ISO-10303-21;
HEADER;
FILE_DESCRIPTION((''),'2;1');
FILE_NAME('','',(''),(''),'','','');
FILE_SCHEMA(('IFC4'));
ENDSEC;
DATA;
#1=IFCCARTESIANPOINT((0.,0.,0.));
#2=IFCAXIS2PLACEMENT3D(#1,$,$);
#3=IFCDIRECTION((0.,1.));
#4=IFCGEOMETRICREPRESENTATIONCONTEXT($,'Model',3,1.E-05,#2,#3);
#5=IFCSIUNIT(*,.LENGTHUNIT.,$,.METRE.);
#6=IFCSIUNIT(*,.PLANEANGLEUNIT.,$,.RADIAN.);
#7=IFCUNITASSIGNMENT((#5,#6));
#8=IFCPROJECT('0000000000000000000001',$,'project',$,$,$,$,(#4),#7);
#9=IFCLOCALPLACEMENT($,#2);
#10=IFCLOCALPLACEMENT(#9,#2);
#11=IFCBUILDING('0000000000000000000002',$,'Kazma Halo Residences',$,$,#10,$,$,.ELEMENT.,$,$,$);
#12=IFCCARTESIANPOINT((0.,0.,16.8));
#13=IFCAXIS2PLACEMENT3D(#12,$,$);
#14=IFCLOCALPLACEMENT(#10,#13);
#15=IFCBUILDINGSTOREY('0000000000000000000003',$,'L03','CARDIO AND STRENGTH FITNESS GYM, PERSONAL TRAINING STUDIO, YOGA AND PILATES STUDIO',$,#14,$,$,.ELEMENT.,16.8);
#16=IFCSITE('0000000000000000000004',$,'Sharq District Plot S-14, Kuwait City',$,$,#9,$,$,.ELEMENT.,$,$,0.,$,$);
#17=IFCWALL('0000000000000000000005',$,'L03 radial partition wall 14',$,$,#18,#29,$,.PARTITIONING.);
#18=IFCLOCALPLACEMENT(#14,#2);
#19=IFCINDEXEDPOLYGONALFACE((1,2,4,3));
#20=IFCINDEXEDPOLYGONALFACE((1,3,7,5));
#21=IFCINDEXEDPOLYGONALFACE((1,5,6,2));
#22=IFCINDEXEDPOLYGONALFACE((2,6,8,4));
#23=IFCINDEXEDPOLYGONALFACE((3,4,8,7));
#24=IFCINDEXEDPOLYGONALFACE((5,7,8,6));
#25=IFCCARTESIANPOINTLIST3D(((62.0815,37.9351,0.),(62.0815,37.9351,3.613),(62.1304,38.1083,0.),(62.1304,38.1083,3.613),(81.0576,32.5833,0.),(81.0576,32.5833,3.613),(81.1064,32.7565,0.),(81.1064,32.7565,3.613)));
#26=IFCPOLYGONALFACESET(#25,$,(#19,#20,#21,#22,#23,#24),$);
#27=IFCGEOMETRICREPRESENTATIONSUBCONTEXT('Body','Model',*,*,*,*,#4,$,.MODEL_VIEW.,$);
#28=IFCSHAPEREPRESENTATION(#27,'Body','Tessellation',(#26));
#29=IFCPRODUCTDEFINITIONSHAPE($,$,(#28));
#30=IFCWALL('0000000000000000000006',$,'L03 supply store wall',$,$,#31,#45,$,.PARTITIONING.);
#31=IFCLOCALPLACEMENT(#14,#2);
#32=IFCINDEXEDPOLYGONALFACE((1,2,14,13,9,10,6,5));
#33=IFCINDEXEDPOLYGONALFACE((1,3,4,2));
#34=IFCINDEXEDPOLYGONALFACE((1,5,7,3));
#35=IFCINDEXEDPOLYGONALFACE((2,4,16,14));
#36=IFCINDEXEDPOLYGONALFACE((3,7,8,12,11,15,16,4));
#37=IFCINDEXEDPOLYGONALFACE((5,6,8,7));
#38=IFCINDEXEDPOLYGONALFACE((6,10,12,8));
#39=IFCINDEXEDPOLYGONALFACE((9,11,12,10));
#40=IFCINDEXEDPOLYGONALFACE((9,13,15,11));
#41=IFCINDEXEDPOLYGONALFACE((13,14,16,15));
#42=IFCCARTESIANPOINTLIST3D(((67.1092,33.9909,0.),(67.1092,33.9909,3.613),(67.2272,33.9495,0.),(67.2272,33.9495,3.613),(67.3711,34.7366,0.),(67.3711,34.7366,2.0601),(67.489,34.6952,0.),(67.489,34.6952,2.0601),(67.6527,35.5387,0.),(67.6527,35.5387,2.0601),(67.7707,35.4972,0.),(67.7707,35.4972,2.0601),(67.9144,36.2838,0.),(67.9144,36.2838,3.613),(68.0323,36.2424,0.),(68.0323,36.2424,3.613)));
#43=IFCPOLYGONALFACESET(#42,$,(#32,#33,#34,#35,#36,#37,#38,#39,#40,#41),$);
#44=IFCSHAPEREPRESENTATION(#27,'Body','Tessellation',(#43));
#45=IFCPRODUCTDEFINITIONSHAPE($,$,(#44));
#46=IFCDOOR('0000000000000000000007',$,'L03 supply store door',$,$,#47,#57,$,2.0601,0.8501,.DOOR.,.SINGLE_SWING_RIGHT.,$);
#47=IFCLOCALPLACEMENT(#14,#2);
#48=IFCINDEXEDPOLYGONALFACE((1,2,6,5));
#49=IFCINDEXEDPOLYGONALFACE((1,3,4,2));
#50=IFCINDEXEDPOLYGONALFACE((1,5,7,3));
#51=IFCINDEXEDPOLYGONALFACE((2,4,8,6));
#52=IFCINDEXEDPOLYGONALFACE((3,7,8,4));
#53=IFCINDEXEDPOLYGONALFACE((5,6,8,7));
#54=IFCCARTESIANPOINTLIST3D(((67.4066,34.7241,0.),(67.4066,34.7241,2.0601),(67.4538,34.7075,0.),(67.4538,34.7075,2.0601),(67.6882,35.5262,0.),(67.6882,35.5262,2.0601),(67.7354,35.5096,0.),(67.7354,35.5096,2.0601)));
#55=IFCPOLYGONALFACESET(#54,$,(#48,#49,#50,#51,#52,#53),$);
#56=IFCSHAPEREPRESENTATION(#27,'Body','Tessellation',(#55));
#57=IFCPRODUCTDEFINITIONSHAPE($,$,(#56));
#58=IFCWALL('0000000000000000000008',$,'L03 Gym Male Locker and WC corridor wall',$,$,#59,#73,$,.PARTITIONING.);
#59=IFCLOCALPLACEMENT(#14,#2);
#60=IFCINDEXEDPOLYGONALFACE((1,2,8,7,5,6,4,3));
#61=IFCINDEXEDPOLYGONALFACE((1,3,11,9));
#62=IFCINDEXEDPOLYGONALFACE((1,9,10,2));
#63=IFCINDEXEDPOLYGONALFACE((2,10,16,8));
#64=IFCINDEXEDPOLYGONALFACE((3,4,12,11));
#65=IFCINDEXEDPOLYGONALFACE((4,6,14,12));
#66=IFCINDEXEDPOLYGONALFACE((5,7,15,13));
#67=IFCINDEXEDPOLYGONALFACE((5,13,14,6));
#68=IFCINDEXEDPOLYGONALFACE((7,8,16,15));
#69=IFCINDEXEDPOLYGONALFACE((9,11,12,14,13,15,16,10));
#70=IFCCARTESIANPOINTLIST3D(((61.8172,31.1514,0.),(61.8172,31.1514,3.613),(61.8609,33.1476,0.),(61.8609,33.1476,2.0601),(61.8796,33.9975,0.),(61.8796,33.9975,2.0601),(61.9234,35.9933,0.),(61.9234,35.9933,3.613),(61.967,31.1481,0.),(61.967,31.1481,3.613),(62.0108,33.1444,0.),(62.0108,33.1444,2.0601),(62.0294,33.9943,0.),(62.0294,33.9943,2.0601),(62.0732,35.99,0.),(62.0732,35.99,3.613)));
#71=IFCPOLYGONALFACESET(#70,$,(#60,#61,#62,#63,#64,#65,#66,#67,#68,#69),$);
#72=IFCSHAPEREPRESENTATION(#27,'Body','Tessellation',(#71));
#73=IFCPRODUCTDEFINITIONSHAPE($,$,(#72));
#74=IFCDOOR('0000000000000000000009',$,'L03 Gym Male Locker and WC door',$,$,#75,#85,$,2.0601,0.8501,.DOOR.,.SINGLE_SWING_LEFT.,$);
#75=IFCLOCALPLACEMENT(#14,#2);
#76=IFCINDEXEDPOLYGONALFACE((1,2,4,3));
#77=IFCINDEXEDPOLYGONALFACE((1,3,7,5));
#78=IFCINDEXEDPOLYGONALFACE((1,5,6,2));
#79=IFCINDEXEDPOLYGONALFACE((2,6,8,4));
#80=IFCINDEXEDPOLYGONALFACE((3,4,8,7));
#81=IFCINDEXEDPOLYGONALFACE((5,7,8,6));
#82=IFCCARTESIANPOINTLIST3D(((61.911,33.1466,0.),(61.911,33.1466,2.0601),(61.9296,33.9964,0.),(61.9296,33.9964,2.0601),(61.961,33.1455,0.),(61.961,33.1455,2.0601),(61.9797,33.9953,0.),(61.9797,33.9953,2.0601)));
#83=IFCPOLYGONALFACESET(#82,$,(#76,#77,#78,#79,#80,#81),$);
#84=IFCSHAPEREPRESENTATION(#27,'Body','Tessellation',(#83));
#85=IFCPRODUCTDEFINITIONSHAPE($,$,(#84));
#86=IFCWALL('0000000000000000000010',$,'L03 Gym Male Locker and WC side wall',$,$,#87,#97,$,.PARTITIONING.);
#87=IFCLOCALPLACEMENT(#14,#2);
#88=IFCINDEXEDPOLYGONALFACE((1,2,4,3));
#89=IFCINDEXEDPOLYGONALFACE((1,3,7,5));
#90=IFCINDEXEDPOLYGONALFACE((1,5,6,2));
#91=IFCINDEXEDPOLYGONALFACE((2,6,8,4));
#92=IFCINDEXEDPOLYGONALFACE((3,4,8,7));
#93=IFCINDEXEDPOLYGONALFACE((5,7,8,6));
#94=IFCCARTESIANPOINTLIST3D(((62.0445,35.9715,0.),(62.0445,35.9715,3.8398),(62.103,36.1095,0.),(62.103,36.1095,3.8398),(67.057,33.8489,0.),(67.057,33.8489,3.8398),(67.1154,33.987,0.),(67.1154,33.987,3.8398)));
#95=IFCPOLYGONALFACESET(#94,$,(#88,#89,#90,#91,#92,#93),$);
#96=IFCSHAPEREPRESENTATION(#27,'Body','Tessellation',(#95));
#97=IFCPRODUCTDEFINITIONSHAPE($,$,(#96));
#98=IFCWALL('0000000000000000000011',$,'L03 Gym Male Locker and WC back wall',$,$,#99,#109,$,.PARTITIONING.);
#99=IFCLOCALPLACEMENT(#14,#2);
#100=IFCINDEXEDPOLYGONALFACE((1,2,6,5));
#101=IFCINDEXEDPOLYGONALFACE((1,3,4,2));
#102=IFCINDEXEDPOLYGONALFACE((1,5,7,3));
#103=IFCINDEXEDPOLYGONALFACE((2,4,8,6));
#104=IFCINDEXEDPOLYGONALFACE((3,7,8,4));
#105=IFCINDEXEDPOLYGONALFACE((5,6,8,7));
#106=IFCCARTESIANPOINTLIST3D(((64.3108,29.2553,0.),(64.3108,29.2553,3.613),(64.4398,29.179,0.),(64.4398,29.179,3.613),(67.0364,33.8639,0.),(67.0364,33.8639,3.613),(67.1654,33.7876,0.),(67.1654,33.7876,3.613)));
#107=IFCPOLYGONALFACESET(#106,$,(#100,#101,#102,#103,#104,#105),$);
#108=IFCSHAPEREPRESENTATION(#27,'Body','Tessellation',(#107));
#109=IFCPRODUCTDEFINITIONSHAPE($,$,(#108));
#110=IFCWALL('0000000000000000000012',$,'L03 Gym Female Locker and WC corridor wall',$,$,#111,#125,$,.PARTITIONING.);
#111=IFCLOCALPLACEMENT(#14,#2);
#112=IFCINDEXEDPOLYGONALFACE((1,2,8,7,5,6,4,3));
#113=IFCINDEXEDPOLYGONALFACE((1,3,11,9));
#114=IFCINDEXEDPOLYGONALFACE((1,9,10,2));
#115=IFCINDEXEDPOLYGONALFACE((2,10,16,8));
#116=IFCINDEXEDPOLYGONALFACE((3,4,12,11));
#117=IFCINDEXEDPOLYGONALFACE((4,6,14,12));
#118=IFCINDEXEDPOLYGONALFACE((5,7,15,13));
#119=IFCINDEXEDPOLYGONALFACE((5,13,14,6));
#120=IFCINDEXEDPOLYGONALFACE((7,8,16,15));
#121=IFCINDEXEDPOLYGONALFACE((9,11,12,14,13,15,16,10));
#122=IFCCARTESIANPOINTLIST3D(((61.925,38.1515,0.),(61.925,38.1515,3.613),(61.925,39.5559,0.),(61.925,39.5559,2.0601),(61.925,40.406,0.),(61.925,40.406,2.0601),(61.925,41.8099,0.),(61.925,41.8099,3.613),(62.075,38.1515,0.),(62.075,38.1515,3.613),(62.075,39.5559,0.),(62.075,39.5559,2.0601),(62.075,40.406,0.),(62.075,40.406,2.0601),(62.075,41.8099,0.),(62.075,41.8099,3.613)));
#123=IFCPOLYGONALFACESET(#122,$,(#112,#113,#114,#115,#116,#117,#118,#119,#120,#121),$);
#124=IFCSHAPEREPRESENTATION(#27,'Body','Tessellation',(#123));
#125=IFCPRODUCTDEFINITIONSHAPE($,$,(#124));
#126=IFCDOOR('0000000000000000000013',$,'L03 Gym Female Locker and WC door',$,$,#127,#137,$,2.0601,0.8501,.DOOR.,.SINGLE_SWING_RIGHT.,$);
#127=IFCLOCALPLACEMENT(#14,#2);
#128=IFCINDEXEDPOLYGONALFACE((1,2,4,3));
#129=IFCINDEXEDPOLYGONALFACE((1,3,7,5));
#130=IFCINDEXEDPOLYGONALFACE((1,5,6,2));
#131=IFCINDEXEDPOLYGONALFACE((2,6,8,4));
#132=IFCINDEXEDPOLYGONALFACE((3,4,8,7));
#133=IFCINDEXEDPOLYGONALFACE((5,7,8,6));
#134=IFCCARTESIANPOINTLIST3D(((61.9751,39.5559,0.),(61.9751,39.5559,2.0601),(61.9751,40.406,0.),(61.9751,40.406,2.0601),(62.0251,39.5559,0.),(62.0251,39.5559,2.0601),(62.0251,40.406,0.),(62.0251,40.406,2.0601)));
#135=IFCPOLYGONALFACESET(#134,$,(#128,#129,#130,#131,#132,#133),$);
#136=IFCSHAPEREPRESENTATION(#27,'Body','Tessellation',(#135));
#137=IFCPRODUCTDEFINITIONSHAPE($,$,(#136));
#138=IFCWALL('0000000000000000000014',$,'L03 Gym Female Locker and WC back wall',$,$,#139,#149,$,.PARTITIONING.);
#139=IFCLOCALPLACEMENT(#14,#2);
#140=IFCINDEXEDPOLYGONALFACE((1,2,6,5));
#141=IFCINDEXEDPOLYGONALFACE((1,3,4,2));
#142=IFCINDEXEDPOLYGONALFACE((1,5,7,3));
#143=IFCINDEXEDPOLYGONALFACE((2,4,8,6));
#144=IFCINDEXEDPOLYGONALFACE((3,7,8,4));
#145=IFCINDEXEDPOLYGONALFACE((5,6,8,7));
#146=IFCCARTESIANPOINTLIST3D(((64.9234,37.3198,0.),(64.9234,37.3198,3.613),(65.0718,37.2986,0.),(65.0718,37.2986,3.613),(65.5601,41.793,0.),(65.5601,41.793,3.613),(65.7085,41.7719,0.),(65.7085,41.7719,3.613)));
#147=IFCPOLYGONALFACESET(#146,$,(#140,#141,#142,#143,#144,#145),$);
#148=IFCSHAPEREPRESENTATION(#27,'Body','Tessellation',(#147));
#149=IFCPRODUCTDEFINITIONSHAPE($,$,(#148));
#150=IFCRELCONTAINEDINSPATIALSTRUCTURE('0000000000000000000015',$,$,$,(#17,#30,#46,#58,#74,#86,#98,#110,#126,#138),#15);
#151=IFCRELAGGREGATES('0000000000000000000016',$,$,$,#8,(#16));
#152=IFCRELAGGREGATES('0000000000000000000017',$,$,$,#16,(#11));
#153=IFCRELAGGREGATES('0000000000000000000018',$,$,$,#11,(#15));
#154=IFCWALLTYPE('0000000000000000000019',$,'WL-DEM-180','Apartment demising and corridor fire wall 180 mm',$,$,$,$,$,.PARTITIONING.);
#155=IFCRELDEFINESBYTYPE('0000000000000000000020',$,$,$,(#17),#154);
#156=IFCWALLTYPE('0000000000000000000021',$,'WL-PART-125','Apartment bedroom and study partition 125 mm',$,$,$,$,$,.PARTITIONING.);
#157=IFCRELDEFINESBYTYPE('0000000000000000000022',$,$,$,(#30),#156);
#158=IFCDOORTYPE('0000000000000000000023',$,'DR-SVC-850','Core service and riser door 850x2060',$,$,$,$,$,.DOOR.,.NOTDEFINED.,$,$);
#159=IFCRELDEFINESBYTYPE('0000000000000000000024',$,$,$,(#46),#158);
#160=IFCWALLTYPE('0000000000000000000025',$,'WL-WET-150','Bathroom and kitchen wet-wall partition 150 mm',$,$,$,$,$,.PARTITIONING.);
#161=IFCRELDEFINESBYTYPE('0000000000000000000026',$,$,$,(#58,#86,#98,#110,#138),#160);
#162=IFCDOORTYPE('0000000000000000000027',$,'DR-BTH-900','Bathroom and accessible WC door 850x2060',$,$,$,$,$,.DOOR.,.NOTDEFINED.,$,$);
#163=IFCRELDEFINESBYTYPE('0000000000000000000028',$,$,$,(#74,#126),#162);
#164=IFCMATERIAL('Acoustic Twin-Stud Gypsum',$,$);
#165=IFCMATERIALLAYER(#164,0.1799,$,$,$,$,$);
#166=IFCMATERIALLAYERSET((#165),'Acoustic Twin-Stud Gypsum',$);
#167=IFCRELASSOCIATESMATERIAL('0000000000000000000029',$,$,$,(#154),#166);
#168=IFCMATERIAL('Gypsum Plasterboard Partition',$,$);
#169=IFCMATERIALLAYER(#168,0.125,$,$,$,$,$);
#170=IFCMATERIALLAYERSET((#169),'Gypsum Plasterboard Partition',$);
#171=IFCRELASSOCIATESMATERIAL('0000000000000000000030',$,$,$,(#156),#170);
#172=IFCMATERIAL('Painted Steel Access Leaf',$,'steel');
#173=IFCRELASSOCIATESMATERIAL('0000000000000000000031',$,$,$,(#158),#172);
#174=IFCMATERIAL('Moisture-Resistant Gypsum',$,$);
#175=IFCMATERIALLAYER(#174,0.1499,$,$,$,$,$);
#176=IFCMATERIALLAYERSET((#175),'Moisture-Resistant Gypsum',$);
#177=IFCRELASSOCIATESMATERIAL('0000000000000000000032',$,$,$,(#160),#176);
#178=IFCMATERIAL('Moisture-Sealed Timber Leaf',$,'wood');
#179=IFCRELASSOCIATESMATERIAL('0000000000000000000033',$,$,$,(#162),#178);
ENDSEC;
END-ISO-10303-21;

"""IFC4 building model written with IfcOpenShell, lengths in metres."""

from ifc_helpers import new_model, si_unit, direction, frame, frame_2d, origin, place, context, subcontext, project, spatial, rectangle, extrude, material, layer, layer_set, type_object, element, fill, save


model = new_model("IFC4")

# Units and contexts
model_context = context("Model", 3, precision=1e-05, world=origin(), true_north=direction((0.0, 1.0)))
body_context = subcontext(model_context, "Body", "Model", "MODEL_VIEW")
ifc_project = project(units=[si_unit("LENGTHUNIT", "METRE"), si_unit("PLANEANGLEUNIT", "RADIAN")], contexts=[model_context])

# Site, building, storey
site_placement = place(None, origin())
site = spatial("IfcSite", under=ifc_project, at=site_placement, Name="Sharq District Plot S-14, Kuwait City", CompositionType="ELEMENT", RefElevation=0.0)
building_placement = place(site_placement, origin())
building = spatial("IfcBuilding", under=site, at=building_placement, Name="Kazma Halo Residences", CompositionType="ELEMENT")
storey_placement = place(building_placement, frame((0.0, 0.0, 16.8)))
storey = spatial("IfcBuildingStorey", under=building, at=storey_placement, Name="L03", Description="CARDIO AND STRENGTH FITNESS GYM, PERSONAL TRAINING STUDIO, YOGA AND PILATES STUDIO", CompositionType="ELEMENT", Elevation=16.8)

# Wall
ifc_material_1 = material(Name="Acoustic Twin-Stud Gypsum")
ifc_layer_1 = layer(ifc_material_1, 0.1799)
ifc_layer_set_1 = layer_set([ifc_layer_1], Name="Acoustic Twin-Stud Gypsum")
wall_type_1 = type_object("IfcWallType", Name="WL-DEM-180", Description="Apartment demising and corridor fire wall 180 mm", PredefinedType="PARTITIONING", material=ifc_layer_set_1)
wall_1_placement = place(storey_placement, frame((62.106, 38.0217, 0.0), z_axis=(0.0, 0.0, 1.0), x_axis=(0.962455, -0.27144, 0.0)))
element("IfcWall", 1, at=wall_1_placement, inside=storey, type_object=wall_type_1, Name="L03 radial partition wall 14", PredefinedType="PARTITIONING", context=body_context, shape_type="SweptSolid", body=[
    extrude(rectangle(XDim=19.7163, YDim=0.1799, at=frame_2d((9.8582, 0.0))), origin(), (0.0, 0.0, 1.0), 3.613),
])

# Walls, openings, doors
ifc_material_2 = material(Name="Gypsum Plasterboard Partition")
ifc_layer_2 = layer(ifc_material_2, 0.125)
ifc_layer_set_2 = layer_set([ifc_layer_2], Name="Gypsum Plasterboard Partition")
wall_type_2 = type_object("IfcWallType", Name="WL-PART-125", Description="Apartment bedroom and study partition 125 mm", PredefinedType="PARTITIONING", material=ifc_layer_set_2)
wall_2_placement = place(storey_placement, frame((67.1682, 33.9702, 0.0), z_axis=(0.0, 0.0, 1.0), x_axis=(0.331317, 0.94352, 0.0)))
wall_2 = element("IfcWall", 2, at=wall_2_placement, inside=storey, type_object=wall_type_2, Name="L03 supply store wall", PredefinedType="PARTITIONING", context=body_context, shape_type="SweptSolid", body=[
    extrude(rectangle(XDim=2.4302, YDim=0.125, at=frame_2d((1.2151, 0.0))), origin(), (0.0, 0.0, 1.0), 3.613),
])
opening_1_placement = place(wall_2_placement, frame((0.7903, 0.0, 0.0)))
opening_1 = element("IfcOpeningElement", 3, at=opening_1_placement, cuts=wall_2, PredefinedType="OPENING", context=body_context, shape_type="SweptSolid", body=[
    extrude(rectangle(XDim=0.8501, YDim=2.0601, at=frame_2d((0.425, 1.03))), frame((0.0, 0.0725, 0.0), z_axis=(0.0, -1.0, 0.0), x_axis=(1.0, 0.0, 0.0)), (0.0, 0.0, 1.0), 0.145),
])
ifc_material_3 = material(Name="Painted Steel Access Leaf", Category="steel")
door_type_1 = type_object("IfcDoorType", Name="DR-SVC-850", Description="Core service and riser door 850x2060", OperationType="NOTDEFINED", PredefinedType="DOOR", material=ifc_material_3)
door_1_placement = place(opening_1_placement, origin())
door_1 = element("IfcDoor", 4, at=door_1_placement, inside=storey, type_object=door_type_1, Name="L03 supply store door", OperationType="SINGLE_SWING_RIGHT", OverallHeight=2.0601, OverallWidth=0.8501, PredefinedType="DOOR", context=body_context, shape_type="SweptSolid", body=[
    extrude(rectangle(XDim=0.8501, YDim=2.0601, at=frame_2d((0.425, 1.03))), frame((0.0, 0.0249, 0.0), z_axis=(0.0, -1.0, 0.0), x_axis=(1.0, 0.0, 0.0)), (0.0, 0.0, 1.0), 0.05),
])
fill(opening_1, door_1)
ifc_material_4 = material(Name="Moisture-Resistant Gypsum")
ifc_layer_3 = layer(ifc_material_4, 0.1499)
ifc_layer_set_3 = layer_set([ifc_layer_3], Name="Moisture-Resistant Gypsum")
wall_type_3 = type_object("IfcWallType", Name="WL-WET-150", Description="Bathroom and kitchen wet-wall partition 150 mm", PredefinedType="PARTITIONING", material=ifc_layer_set_3)
wall_3_placement = place(storey_placement, frame((61.8921, 31.1499, 0.0), z_axis=(0.0, 0.0, 1.0), x_axis=(0.021929, 0.99976, 0.0)))
wall_3 = element("IfcWall", 5, at=wall_3_placement, inside=storey, type_object=wall_type_3, Name="L03 Gym Male Locker and WC corridor wall", PredefinedType="PARTITIONING", context=body_context, shape_type="SweptSolid", body=[
    extrude(rectangle(XDim=4.843, YDim=0.1499, at=frame_2d((2.4214, 0.0))), origin(), (0.0, 0.0, 1.0), 3.613),
])
opening_2_placement = place(wall_3_placement, frame((1.9966, 0.0, 0.0)))
opening_2 = element("IfcOpeningElement", 6, at=opening_2_placement, cuts=wall_3, PredefinedType="OPENING", context=body_context, shape_type="SweptSolid", body=[
    extrude(rectangle(XDim=0.8501, YDim=2.0601, at=frame_2d((0.425, 1.03))), frame((0.0, 0.085, 0.0), z_axis=(0.0, -1.0, 0.0), x_axis=(1.0, 0.0, 0.0)), (0.0, 0.0, 1.0), 0.1699),
])
ifc_material_5 = material(Name="Moisture-Sealed Timber Leaf", Category="wood")
door_type_2 = type_object("IfcDoorType", Name="DR-BTH-900", Description="Bathroom and accessible WC door 850x2060", OperationType="NOTDEFINED", PredefinedType="DOOR", material=ifc_material_5)
door_2_placement = place(opening_2_placement, origin())
door_2 = element("IfcDoor", 7, at=door_2_placement, inside=storey, type_object=door_type_2, Name="L03 Gym Male Locker and WC door", OperationType="SINGLE_SWING_LEFT", OverallHeight=2.0601, OverallWidth=0.8501, PredefinedType="DOOR", context=body_context, shape_type="SweptSolid", body=[
    extrude(rectangle(XDim=0.8501, YDim=2.0601, at=frame_2d((0.425, 1.03))), frame((0.0, 0.0249, 0.0), z_axis=(0.0, -1.0, 0.0), x_axis=(1.0, 0.0, 0.0)), (0.0, 0.0, 1.0), 0.05),
])
fill(opening_2, door_2)

# Walls
wall_4_placement = place(storey_placement, frame((62.0737, 36.0405, 0.0), z_axis=(0.0, 0.0, 1.0), x_axis=(0.920842, -0.389937, 0.0)))
element("IfcWall", 8, at=wall_4_placement, inside=storey, type_object=wall_type_3, Name="L03 Gym Male Locker and WC side wall", PredefinedType="PARTITIONING", context=body_context, shape_type="SweptSolid", body=[
    extrude(rectangle(XDim=5.4434, YDim=0.1499, at=frame_2d((2.7217, 0.0))), origin(), (0.0, 0.0, 1.0), 3.8398),
])
wall_5_placement = place(storey_placement, frame((64.3752, 29.217, 0.0), z_axis=(0.0, 0.0, 1.0), x_axis=(0.509047, 0.860739, 0.0)))
element("IfcWall", 9, at=wall_5_placement, inside=storey, type_object=wall_type_3, Name="L03 Gym Male Locker and WC back wall", PredefinedType="PARTITIONING", context=body_context, shape_type="SweptSolid", body=[
    extrude(rectangle(XDim=5.3542, YDim=0.1499, at=frame_2d((2.6772, 0.0))), origin(), (0.0, 0.0, 1.0), 3.613),
])

# Wall, opening, door
wall_6_placement = place(storey_placement, frame((62.0, 38.1516, 0.0), z_axis=(0.0, 0.0, 1.0), x_axis=(0.0, 1.0, 0.0)))
wall_6 = element("IfcWall", 10, at=wall_6_placement, inside=storey, type_object=wall_type_3, Name="L03 Gym Female Locker and WC corridor wall", PredefinedType="PARTITIONING", context=body_context, shape_type="SweptSolid", body=[
    extrude(rectangle(XDim=3.6584, YDim=0.1499, at=frame_2d((1.8291, 0.0))), origin(), (0.0, 0.0, 1.0), 3.613),
])
opening_3_placement = place(wall_6_placement, frame((1.4043, 0.0, 0.0)))
opening_3 = element("IfcOpeningElement", 11, at=opening_3_placement, cuts=wall_6, PredefinedType="OPENING", context=body_context, shape_type="SweptSolid", body=[
    extrude(rectangle(XDim=0.8501, YDim=2.0601, at=frame_2d((0.425, 1.03))), frame((0.0, 0.085, 0.0), z_axis=(0.0, -1.0, 0.0), x_axis=(1.0, 0.0, 0.0)), (0.0, 0.0, 1.0), 0.1699),
])
door_3_placement = place(opening_3_placement, origin())
door_3 = element("IfcDoor", 12, at=door_3_placement, inside=storey, type_object=door_type_2, Name="L03 Gym Female Locker and WC door", OperationType="SINGLE_SWING_RIGHT", OverallHeight=2.0601, OverallWidth=0.8501, PredefinedType="DOOR", context=body_context, shape_type="SweptSolid", body=[
    extrude(rectangle(XDim=0.8501, YDim=2.0601, at=frame_2d((0.425, 1.03))), frame((0.0, 0.0249, 0.0), z_axis=(0.0, -1.0, 0.0), x_axis=(1.0, 0.0, 0.0)), (0.0, 0.0, 1.0), 0.05),
])
fill(opening_3, door_3)

# Wall
wall_7_placement = place(storey_placement, frame((64.9976, 37.3091, 0.0), z_axis=(0.0, 0.0, 1.0), x_axis=(0.140922, 0.990021, 0.0)))
element("IfcWall", 13, at=wall_7_placement, inside=storey, type_object=wall_type_3, Name="L03 Gym Female Locker and WC back wall", PredefinedType="PARTITIONING", context=body_context, shape_type="SweptSolid", body=[
    extrude(rectangle(XDim=4.5183, YDim=0.1499, at=frame_2d((2.2593, 0.0))), origin(), (0.0, 0.0, 1.0), 3.613),
])

save(model, "model.ifc")
